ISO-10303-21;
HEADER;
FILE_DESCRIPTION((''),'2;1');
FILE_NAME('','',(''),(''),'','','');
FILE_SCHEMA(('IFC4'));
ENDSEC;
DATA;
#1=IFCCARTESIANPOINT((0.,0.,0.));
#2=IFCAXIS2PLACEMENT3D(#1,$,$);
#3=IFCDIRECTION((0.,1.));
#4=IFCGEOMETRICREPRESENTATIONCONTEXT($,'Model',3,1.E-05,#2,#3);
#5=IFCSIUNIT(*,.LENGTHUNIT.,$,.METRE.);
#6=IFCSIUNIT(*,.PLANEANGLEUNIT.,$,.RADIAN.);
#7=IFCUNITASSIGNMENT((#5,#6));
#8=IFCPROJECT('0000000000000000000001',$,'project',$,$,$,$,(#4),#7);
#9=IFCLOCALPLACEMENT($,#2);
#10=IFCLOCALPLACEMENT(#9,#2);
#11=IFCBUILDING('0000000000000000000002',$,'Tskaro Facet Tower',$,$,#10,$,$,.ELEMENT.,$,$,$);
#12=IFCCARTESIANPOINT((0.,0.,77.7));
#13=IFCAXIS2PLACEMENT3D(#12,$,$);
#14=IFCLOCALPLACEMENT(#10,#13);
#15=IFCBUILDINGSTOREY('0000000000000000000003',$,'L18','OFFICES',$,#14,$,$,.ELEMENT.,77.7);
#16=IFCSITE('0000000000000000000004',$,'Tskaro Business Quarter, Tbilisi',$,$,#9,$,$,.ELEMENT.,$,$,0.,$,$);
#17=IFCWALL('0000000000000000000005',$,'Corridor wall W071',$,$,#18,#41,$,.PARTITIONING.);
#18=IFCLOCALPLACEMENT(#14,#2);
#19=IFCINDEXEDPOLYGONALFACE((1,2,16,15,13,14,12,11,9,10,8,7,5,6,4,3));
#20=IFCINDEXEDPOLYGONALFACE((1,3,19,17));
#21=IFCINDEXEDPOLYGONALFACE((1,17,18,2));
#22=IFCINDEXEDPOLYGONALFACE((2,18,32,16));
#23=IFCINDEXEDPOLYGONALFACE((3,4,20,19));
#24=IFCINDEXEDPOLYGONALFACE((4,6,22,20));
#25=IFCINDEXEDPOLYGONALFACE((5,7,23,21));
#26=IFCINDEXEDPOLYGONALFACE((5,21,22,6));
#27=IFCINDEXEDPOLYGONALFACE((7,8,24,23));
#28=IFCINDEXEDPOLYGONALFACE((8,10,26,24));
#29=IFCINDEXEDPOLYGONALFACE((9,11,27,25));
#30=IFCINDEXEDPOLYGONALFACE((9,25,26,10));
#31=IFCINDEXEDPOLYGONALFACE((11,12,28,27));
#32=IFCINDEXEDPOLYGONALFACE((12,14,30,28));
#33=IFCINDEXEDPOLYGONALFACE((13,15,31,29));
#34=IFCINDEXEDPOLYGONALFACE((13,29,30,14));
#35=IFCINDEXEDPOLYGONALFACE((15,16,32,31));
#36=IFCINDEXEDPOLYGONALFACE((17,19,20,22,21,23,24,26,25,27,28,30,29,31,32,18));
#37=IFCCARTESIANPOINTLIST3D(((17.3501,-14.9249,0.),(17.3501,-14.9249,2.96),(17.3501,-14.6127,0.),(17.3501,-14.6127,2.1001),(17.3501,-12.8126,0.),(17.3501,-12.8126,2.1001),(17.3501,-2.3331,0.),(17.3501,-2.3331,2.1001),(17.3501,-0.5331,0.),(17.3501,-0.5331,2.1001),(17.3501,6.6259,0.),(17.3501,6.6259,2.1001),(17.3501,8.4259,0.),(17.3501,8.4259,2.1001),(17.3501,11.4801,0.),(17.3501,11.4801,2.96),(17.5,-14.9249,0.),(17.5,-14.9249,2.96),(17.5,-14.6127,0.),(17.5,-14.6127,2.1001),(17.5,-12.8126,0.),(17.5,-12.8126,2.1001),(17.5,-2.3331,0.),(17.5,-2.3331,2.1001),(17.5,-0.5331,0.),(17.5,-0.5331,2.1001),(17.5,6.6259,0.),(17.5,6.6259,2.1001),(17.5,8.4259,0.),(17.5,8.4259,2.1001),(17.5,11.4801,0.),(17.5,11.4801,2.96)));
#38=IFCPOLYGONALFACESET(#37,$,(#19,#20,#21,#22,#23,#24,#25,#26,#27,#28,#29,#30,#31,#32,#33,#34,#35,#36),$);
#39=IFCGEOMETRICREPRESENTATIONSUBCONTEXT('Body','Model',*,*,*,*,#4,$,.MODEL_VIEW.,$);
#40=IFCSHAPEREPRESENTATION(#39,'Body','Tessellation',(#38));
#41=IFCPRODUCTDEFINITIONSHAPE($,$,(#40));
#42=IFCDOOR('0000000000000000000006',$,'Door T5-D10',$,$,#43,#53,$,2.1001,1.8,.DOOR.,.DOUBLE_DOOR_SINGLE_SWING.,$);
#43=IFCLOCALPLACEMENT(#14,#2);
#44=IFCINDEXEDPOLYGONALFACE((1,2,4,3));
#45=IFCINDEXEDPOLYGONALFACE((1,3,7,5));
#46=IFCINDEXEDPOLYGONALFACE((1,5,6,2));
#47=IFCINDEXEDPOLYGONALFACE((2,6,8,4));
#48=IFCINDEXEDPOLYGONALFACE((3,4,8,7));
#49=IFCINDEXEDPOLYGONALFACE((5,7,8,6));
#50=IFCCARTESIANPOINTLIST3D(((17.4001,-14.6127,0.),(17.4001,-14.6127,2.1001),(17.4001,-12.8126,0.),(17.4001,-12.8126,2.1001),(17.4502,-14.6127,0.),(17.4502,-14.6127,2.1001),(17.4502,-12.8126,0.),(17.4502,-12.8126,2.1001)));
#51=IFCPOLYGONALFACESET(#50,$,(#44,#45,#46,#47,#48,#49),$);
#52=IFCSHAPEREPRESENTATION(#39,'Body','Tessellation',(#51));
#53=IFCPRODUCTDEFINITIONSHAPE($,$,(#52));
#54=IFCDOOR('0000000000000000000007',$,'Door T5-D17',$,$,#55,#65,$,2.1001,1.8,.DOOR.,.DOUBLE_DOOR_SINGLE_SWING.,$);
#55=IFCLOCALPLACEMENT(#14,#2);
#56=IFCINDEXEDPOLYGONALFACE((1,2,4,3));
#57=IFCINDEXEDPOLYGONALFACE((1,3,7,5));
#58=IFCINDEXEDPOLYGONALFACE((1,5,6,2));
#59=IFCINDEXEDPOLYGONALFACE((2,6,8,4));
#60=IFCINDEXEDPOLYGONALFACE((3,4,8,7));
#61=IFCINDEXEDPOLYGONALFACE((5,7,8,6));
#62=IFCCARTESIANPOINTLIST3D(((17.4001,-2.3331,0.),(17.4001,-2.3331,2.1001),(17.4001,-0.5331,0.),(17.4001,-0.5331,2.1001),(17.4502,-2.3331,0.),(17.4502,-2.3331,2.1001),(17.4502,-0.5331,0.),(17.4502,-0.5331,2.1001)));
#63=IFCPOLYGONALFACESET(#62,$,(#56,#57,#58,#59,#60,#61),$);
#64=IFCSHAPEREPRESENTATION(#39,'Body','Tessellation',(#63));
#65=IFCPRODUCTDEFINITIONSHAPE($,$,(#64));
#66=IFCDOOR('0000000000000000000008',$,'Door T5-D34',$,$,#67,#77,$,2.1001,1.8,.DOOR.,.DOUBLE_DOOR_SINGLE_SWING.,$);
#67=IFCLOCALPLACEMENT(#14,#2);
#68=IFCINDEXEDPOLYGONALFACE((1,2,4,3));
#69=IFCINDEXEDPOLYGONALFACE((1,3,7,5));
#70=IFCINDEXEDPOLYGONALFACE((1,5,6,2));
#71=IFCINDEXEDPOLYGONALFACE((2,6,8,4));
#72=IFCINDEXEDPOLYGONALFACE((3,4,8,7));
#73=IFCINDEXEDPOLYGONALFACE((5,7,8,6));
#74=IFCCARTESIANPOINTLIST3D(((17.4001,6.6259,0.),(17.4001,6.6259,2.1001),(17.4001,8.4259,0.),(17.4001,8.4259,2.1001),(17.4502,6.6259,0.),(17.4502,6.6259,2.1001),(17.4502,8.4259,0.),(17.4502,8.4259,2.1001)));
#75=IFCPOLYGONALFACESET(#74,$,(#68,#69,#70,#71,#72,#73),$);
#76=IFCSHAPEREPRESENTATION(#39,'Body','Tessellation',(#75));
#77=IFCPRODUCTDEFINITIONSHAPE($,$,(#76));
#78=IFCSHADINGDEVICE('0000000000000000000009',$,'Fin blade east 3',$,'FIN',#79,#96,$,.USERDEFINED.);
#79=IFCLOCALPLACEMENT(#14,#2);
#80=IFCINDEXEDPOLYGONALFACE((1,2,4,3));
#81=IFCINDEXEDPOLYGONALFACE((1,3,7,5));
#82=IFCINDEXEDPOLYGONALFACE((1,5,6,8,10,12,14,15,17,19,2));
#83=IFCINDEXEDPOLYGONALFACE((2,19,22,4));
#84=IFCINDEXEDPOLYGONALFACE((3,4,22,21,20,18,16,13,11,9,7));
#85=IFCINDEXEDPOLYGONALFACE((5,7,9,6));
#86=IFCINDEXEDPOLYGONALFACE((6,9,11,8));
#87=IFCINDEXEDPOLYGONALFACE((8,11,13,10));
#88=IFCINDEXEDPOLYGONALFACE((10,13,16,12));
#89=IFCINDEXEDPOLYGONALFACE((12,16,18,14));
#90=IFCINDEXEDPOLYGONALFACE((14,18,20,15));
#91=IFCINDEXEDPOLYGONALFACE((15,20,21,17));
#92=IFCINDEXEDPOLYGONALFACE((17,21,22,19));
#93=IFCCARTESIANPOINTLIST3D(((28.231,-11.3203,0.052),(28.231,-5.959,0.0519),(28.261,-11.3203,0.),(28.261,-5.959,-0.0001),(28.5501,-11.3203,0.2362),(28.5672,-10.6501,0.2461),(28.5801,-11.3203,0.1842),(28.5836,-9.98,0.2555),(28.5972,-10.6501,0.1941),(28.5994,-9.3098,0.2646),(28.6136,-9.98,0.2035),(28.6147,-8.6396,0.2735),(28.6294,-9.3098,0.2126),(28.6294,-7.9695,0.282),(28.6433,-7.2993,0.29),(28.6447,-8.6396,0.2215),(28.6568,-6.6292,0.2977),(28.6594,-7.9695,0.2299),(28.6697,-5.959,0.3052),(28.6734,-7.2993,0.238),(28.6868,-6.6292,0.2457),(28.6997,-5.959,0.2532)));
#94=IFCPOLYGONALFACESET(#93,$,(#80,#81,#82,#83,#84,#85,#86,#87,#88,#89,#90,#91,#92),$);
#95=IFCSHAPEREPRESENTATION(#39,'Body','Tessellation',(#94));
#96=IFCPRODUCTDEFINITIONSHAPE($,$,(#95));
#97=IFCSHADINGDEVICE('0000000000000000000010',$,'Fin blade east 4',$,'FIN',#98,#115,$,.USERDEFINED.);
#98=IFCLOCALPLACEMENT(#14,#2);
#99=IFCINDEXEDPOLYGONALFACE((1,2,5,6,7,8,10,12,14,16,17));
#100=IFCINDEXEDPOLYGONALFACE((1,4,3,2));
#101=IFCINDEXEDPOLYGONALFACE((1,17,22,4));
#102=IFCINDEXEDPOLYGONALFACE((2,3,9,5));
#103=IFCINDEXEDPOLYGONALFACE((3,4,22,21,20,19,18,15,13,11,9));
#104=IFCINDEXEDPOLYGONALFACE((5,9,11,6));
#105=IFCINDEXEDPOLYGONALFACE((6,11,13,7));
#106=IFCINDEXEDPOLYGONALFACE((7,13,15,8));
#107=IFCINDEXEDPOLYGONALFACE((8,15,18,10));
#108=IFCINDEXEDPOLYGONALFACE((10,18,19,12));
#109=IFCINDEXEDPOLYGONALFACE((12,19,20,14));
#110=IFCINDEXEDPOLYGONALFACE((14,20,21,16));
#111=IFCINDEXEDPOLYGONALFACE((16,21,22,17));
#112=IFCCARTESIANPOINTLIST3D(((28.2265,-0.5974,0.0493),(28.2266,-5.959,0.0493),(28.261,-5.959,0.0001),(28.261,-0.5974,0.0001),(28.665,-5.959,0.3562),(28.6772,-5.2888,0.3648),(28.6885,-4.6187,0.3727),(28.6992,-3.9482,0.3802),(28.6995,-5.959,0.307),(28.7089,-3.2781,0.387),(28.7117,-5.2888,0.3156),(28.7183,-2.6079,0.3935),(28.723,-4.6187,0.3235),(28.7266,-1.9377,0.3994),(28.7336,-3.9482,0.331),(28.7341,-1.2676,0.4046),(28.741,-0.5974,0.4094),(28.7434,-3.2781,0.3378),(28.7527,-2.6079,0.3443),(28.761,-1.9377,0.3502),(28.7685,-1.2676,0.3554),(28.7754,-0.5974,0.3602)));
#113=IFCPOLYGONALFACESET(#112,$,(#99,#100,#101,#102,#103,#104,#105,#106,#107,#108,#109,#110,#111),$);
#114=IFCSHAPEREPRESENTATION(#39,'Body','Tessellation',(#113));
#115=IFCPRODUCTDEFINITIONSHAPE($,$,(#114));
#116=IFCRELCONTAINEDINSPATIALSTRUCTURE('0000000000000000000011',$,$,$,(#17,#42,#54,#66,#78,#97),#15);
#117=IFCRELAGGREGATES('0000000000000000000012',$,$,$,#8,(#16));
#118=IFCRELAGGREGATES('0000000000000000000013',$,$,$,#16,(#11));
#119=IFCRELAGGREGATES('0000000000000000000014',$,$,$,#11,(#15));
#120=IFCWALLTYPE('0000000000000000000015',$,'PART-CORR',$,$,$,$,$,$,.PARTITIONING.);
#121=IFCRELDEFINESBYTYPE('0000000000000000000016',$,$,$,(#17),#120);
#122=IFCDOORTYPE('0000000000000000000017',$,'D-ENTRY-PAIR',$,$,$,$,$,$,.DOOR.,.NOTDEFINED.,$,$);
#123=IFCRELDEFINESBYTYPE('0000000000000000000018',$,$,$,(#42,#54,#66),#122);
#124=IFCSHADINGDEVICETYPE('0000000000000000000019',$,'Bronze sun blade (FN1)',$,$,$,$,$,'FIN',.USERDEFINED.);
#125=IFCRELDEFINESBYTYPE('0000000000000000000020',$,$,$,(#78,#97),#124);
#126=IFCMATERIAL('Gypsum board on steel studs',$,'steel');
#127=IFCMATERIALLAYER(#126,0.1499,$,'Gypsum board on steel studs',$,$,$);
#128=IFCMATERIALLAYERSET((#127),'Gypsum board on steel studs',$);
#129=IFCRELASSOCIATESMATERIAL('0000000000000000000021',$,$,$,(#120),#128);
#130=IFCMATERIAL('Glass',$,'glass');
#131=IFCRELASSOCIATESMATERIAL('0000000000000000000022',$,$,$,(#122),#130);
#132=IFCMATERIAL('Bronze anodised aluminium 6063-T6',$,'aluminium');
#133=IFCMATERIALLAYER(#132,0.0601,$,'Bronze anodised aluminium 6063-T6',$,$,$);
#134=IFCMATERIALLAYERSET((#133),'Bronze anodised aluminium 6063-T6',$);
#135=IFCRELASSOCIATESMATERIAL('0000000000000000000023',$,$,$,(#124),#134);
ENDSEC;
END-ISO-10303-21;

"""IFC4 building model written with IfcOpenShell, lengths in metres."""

from ifc_helpers import new_model, si_unit, direction, frame, frame_2d, origin, place, context, subcontext, project, spatial, polyline, rectangle, outline, extrude, material, layer, layer_set, type_object, element, fill, save


model = new_model("IFC4")

# Units and contexts
model_context = context("Model", 3, precision=1e-05, world=origin(), true_north=direction((0.0, 1.0)))
body_context = subcontext(model_context, "Body", "Model", "MODEL_VIEW")
ifc_project = project(units=[si_unit("LENGTHUNIT", "METRE"), si_unit("PLANEANGLEUNIT", "RADIAN")], contexts=[model_context])

# Site, building, storey
site_placement = place(None, origin())
site = spatial("IfcSite", under=ifc_project, at=site_placement, Name="Tskaro Business Quarter, Tbilisi", CompositionType="ELEMENT", RefElevation=0.0)
building_placement = place(site_placement, origin())
building = spatial("IfcBuilding", under=site, at=building_placement, Name="Tskaro Facet Tower", CompositionType="ELEMENT")
storey_placement = place(building_placement, frame((0.0, 0.0, 77.7)))
storey = spatial("IfcBuildingStorey", under=building, at=storey_placement, Name="L18", Description="OFFICES", CompositionType="ELEMENT", Elevation=77.7)

# Shared definitions
ifc_material_1 = material(Name="Bronze anodised aluminium 6063-T6", Category="aluminium")

# Shared definitions
ifc_material_2 = material(Name="Gypsum board on steel studs", Category="steel")

# Shared definitions
ifc_layer_1 = layer(ifc_material_2, 0.1499, Name="Gypsum board on steel studs")
ifc_layer_set_1 = layer_set([ifc_layer_1], Name="Gypsum board on steel studs")
wall_type_1 = type_object("IfcWallType", Name="PART-CORR", PredefinedType="PARTITIONING", material=ifc_layer_set_1)

# Wall, openings, doors
wall_1_placement = place(storey_placement, frame((17.425, -14.925, 0.0), z_axis=(0.0, 0.0, 1.0), x_axis=(0.0, 1.0, 0.0)))
wall_1 = element("IfcWall", 1, at=wall_1_placement, inside=storey, type_object=wall_type_1, Name="Corridor wall W071", PredefinedType="PARTITIONING", context=body_context, shape_type="SweptSolid", body=[
    extrude(rectangle(XDim=26.405, YDim=0.1499, at=frame_2d((13.2026, 0.0))), origin(), (0.0, 0.0, 1.0), 2.96),
])
opening_1_placement = place(wall_1_placement, frame((0.3125, 0.0, 0.0)))
opening_1 = element("IfcOpeningElement", 2, at=opening_1_placement, cuts=wall_1, PredefinedType="OPENING", context=body_context, shape_type="SweptSolid", body=[
    extrude(rectangle(XDim=1.8, YDim=2.1001, at=frame_2d((0.8999, 1.05))), frame((0.0, 0.085, 0.0), z_axis=(0.0, -1.0, 0.0), x_axis=(1.0, 0.0, 0.0)), (0.0, 0.0, 1.0), 0.1699),
])
opening_2_placement = place(wall_1_placement, frame((12.592, 0.0, 0.0)))
opening_2 = element("IfcOpeningElement", 3, at=opening_2_placement, cuts=wall_1, PredefinedType="OPENING", context=body_context, shape_type="SweptSolid", body=[
    extrude(rectangle(XDim=1.8, YDim=2.1001, at=frame_2d((0.8999, 1.05))), frame((0.0, 0.085, 0.0), z_axis=(0.0, -1.0, 0.0), x_axis=(1.0, 0.0, 0.0)), (0.0, 0.0, 1.0), 0.1699),
])
opening_3_placement = place(wall_1_placement, frame((21.551, 0.0, 0.0)))
opening_3 = element("IfcOpeningElement", 4, at=opening_3_placement, cuts=wall_1, PredefinedType="OPENING", context=body_context, shape_type="SweptSolid", body=[
    extrude(rectangle(XDim=1.8, YDim=2.1001, at=frame_2d((0.8999, 1.05))), frame((0.0, 0.085, 0.0), z_axis=(0.0, -1.0, 0.0), x_axis=(1.0, 0.0, 0.0)), (0.0, 0.0, 1.0), 0.1699),
])
ifc_material_3 = material(Name="Glass", Category="glass")
door_type_1 = type_object("IfcDoorType", Name="D-ENTRY-PAIR", OperationType="NOTDEFINED", PredefinedType="DOOR", material=ifc_material_3)
door_1_placement = place(opening_1_placement, origin())
door_1 = element("IfcDoor", 5, at=door_1_placement, inside=storey, type_object=door_type_1, Name="Door T5-D10", OperationType="DOUBLE_DOOR_SINGLE_SWING", OverallHeight=2.1001, OverallWidth=1.8, PredefinedType="DOOR", context=body_context, shape_type="SweptSolid", body=[
    extrude(rectangle(XDim=1.8, YDim=2.1001, at=frame_2d((0.8999, 1.05))), frame((0.0, 0.0249, 0.0), z_axis=(0.0, -1.0, 0.0), x_axis=(1.0, 0.0, 0.0)), (0.0, 0.0, 1.0), 0.05),
])
fill(opening_1, door_1)
door_2_placement = place(opening_2_placement, origin())
door_2 = element("IfcDoor", 6, at=door_2_placement, inside=storey, type_object=door_type_1, Name="Door T5-D17", OperationType="DOUBLE_DOOR_SINGLE_SWING", OverallHeight=2.1001, OverallWidth=1.8, PredefinedType="DOOR", context=body_context, shape_type="SweptSolid", body=[
    extrude(rectangle(XDim=1.8, YDim=2.1001, at=frame_2d((0.8999, 1.05))), frame((0.0, 0.0249, 0.0), z_axis=(0.0, -1.0, 0.0), x_axis=(1.0, 0.0, 0.0)), (0.0, 0.0, 1.0), 0.05),
])
fill(opening_2, door_2)
door_3_placement = place(opening_3_placement, origin())
door_3 = element("IfcDoor", 7, at=door_3_placement, inside=storey, type_object=door_type_1, Name="Door T5-D34", OperationType="DOUBLE_DOOR_SINGLE_SWING", OverallHeight=2.1001, OverallWidth=1.8, PredefinedType="DOOR", context=body_context, shape_type="SweptSolid", body=[
    extrude(rectangle(XDim=1.8, YDim=2.1001, at=frame_2d((0.8999, 1.05))), frame((0.0, 0.0249, 0.0), z_axis=(0.0, -1.0, 0.0), x_axis=(1.0, 0.0, 0.0)), (0.0, 0.0, 1.0), 0.05),
])
fill(opening_3, door_3)

# Shading devices
ifc_layer_2 = layer(ifc_material_1, 0.0601, Name="Bronze anodised aluminium 6063-T6")
ifc_layer_set_2 = layer_set([ifc_layer_2], Name="Bronze anodised aluminium 6063-T6")
shading_device_type = type_object("IfcShadingDeviceType", Name="Bronze sun blade (FN1)", ElementType="FIN", PredefinedType="USERDEFINED", material=ifc_layer_set_2)
shading_device_1_placement = place(storey_placement, frame((28.231, -11.3203, 0.052), z_axis=(-0.499956, 0.000017, 0.866051), x_axis=(0.000008, 1.0, -0.000015)))
element("IfcShadingDevice", 8, at=shading_device_1_placement, inside=storey, type_object=shading_device_type, Name="Fin blade east 3", ObjectType="FIN", PredefinedType="USERDEFINED", context=body_context, shape_type="SweptSolid", body=[
    extrude(outline(polyline([(0.0, 0.0), (5.3613, 0.0), (5.3613, -0.5065), (4.6912, -0.4917), (4.021, -0.4761), (3.3508, -0.46), (2.6807, -0.4431), (2.0105, -0.4254), (1.3403, -0.4071), (0.6702, -0.3882), (0.0, -0.3685), (0.0, 0.0)])), origin(), (0.0, 0.0, -1.0), 0.0601),
])
shading_device_2_placement = place(storey_placement, frame((28.2266, -5.959, 0.0493), z_axis=(-0.573471, -0.000005, 0.819226), x_axis=(-0.000003, 1.0, 0.000004)))
element("IfcShadingDevice", 9, at=shading_device_2_placement, inside=storey, type_object=shading_device_type, Name="Fin blade east 4", ObjectType="FIN", PredefinedType="USERDEFINED", context=body_context, shape_type="SweptSolid", body=[
    extrude(outline(polyline([(0.0, 0.0), (5.3616, 0.0), (5.3616, -0.6279), (4.6914, -0.6195), (4.0212, -0.6104), (3.3511, -0.6002), (2.6809, -0.5888), (2.0107, -0.5769), (1.3403, -0.5639), (0.6702, -0.5501), (0.0, -0.5352), (0.0, 0.0)])), origin(), (0.0, 0.0, -1.0), 0.0601),
])

save(model, "model.ifc")
